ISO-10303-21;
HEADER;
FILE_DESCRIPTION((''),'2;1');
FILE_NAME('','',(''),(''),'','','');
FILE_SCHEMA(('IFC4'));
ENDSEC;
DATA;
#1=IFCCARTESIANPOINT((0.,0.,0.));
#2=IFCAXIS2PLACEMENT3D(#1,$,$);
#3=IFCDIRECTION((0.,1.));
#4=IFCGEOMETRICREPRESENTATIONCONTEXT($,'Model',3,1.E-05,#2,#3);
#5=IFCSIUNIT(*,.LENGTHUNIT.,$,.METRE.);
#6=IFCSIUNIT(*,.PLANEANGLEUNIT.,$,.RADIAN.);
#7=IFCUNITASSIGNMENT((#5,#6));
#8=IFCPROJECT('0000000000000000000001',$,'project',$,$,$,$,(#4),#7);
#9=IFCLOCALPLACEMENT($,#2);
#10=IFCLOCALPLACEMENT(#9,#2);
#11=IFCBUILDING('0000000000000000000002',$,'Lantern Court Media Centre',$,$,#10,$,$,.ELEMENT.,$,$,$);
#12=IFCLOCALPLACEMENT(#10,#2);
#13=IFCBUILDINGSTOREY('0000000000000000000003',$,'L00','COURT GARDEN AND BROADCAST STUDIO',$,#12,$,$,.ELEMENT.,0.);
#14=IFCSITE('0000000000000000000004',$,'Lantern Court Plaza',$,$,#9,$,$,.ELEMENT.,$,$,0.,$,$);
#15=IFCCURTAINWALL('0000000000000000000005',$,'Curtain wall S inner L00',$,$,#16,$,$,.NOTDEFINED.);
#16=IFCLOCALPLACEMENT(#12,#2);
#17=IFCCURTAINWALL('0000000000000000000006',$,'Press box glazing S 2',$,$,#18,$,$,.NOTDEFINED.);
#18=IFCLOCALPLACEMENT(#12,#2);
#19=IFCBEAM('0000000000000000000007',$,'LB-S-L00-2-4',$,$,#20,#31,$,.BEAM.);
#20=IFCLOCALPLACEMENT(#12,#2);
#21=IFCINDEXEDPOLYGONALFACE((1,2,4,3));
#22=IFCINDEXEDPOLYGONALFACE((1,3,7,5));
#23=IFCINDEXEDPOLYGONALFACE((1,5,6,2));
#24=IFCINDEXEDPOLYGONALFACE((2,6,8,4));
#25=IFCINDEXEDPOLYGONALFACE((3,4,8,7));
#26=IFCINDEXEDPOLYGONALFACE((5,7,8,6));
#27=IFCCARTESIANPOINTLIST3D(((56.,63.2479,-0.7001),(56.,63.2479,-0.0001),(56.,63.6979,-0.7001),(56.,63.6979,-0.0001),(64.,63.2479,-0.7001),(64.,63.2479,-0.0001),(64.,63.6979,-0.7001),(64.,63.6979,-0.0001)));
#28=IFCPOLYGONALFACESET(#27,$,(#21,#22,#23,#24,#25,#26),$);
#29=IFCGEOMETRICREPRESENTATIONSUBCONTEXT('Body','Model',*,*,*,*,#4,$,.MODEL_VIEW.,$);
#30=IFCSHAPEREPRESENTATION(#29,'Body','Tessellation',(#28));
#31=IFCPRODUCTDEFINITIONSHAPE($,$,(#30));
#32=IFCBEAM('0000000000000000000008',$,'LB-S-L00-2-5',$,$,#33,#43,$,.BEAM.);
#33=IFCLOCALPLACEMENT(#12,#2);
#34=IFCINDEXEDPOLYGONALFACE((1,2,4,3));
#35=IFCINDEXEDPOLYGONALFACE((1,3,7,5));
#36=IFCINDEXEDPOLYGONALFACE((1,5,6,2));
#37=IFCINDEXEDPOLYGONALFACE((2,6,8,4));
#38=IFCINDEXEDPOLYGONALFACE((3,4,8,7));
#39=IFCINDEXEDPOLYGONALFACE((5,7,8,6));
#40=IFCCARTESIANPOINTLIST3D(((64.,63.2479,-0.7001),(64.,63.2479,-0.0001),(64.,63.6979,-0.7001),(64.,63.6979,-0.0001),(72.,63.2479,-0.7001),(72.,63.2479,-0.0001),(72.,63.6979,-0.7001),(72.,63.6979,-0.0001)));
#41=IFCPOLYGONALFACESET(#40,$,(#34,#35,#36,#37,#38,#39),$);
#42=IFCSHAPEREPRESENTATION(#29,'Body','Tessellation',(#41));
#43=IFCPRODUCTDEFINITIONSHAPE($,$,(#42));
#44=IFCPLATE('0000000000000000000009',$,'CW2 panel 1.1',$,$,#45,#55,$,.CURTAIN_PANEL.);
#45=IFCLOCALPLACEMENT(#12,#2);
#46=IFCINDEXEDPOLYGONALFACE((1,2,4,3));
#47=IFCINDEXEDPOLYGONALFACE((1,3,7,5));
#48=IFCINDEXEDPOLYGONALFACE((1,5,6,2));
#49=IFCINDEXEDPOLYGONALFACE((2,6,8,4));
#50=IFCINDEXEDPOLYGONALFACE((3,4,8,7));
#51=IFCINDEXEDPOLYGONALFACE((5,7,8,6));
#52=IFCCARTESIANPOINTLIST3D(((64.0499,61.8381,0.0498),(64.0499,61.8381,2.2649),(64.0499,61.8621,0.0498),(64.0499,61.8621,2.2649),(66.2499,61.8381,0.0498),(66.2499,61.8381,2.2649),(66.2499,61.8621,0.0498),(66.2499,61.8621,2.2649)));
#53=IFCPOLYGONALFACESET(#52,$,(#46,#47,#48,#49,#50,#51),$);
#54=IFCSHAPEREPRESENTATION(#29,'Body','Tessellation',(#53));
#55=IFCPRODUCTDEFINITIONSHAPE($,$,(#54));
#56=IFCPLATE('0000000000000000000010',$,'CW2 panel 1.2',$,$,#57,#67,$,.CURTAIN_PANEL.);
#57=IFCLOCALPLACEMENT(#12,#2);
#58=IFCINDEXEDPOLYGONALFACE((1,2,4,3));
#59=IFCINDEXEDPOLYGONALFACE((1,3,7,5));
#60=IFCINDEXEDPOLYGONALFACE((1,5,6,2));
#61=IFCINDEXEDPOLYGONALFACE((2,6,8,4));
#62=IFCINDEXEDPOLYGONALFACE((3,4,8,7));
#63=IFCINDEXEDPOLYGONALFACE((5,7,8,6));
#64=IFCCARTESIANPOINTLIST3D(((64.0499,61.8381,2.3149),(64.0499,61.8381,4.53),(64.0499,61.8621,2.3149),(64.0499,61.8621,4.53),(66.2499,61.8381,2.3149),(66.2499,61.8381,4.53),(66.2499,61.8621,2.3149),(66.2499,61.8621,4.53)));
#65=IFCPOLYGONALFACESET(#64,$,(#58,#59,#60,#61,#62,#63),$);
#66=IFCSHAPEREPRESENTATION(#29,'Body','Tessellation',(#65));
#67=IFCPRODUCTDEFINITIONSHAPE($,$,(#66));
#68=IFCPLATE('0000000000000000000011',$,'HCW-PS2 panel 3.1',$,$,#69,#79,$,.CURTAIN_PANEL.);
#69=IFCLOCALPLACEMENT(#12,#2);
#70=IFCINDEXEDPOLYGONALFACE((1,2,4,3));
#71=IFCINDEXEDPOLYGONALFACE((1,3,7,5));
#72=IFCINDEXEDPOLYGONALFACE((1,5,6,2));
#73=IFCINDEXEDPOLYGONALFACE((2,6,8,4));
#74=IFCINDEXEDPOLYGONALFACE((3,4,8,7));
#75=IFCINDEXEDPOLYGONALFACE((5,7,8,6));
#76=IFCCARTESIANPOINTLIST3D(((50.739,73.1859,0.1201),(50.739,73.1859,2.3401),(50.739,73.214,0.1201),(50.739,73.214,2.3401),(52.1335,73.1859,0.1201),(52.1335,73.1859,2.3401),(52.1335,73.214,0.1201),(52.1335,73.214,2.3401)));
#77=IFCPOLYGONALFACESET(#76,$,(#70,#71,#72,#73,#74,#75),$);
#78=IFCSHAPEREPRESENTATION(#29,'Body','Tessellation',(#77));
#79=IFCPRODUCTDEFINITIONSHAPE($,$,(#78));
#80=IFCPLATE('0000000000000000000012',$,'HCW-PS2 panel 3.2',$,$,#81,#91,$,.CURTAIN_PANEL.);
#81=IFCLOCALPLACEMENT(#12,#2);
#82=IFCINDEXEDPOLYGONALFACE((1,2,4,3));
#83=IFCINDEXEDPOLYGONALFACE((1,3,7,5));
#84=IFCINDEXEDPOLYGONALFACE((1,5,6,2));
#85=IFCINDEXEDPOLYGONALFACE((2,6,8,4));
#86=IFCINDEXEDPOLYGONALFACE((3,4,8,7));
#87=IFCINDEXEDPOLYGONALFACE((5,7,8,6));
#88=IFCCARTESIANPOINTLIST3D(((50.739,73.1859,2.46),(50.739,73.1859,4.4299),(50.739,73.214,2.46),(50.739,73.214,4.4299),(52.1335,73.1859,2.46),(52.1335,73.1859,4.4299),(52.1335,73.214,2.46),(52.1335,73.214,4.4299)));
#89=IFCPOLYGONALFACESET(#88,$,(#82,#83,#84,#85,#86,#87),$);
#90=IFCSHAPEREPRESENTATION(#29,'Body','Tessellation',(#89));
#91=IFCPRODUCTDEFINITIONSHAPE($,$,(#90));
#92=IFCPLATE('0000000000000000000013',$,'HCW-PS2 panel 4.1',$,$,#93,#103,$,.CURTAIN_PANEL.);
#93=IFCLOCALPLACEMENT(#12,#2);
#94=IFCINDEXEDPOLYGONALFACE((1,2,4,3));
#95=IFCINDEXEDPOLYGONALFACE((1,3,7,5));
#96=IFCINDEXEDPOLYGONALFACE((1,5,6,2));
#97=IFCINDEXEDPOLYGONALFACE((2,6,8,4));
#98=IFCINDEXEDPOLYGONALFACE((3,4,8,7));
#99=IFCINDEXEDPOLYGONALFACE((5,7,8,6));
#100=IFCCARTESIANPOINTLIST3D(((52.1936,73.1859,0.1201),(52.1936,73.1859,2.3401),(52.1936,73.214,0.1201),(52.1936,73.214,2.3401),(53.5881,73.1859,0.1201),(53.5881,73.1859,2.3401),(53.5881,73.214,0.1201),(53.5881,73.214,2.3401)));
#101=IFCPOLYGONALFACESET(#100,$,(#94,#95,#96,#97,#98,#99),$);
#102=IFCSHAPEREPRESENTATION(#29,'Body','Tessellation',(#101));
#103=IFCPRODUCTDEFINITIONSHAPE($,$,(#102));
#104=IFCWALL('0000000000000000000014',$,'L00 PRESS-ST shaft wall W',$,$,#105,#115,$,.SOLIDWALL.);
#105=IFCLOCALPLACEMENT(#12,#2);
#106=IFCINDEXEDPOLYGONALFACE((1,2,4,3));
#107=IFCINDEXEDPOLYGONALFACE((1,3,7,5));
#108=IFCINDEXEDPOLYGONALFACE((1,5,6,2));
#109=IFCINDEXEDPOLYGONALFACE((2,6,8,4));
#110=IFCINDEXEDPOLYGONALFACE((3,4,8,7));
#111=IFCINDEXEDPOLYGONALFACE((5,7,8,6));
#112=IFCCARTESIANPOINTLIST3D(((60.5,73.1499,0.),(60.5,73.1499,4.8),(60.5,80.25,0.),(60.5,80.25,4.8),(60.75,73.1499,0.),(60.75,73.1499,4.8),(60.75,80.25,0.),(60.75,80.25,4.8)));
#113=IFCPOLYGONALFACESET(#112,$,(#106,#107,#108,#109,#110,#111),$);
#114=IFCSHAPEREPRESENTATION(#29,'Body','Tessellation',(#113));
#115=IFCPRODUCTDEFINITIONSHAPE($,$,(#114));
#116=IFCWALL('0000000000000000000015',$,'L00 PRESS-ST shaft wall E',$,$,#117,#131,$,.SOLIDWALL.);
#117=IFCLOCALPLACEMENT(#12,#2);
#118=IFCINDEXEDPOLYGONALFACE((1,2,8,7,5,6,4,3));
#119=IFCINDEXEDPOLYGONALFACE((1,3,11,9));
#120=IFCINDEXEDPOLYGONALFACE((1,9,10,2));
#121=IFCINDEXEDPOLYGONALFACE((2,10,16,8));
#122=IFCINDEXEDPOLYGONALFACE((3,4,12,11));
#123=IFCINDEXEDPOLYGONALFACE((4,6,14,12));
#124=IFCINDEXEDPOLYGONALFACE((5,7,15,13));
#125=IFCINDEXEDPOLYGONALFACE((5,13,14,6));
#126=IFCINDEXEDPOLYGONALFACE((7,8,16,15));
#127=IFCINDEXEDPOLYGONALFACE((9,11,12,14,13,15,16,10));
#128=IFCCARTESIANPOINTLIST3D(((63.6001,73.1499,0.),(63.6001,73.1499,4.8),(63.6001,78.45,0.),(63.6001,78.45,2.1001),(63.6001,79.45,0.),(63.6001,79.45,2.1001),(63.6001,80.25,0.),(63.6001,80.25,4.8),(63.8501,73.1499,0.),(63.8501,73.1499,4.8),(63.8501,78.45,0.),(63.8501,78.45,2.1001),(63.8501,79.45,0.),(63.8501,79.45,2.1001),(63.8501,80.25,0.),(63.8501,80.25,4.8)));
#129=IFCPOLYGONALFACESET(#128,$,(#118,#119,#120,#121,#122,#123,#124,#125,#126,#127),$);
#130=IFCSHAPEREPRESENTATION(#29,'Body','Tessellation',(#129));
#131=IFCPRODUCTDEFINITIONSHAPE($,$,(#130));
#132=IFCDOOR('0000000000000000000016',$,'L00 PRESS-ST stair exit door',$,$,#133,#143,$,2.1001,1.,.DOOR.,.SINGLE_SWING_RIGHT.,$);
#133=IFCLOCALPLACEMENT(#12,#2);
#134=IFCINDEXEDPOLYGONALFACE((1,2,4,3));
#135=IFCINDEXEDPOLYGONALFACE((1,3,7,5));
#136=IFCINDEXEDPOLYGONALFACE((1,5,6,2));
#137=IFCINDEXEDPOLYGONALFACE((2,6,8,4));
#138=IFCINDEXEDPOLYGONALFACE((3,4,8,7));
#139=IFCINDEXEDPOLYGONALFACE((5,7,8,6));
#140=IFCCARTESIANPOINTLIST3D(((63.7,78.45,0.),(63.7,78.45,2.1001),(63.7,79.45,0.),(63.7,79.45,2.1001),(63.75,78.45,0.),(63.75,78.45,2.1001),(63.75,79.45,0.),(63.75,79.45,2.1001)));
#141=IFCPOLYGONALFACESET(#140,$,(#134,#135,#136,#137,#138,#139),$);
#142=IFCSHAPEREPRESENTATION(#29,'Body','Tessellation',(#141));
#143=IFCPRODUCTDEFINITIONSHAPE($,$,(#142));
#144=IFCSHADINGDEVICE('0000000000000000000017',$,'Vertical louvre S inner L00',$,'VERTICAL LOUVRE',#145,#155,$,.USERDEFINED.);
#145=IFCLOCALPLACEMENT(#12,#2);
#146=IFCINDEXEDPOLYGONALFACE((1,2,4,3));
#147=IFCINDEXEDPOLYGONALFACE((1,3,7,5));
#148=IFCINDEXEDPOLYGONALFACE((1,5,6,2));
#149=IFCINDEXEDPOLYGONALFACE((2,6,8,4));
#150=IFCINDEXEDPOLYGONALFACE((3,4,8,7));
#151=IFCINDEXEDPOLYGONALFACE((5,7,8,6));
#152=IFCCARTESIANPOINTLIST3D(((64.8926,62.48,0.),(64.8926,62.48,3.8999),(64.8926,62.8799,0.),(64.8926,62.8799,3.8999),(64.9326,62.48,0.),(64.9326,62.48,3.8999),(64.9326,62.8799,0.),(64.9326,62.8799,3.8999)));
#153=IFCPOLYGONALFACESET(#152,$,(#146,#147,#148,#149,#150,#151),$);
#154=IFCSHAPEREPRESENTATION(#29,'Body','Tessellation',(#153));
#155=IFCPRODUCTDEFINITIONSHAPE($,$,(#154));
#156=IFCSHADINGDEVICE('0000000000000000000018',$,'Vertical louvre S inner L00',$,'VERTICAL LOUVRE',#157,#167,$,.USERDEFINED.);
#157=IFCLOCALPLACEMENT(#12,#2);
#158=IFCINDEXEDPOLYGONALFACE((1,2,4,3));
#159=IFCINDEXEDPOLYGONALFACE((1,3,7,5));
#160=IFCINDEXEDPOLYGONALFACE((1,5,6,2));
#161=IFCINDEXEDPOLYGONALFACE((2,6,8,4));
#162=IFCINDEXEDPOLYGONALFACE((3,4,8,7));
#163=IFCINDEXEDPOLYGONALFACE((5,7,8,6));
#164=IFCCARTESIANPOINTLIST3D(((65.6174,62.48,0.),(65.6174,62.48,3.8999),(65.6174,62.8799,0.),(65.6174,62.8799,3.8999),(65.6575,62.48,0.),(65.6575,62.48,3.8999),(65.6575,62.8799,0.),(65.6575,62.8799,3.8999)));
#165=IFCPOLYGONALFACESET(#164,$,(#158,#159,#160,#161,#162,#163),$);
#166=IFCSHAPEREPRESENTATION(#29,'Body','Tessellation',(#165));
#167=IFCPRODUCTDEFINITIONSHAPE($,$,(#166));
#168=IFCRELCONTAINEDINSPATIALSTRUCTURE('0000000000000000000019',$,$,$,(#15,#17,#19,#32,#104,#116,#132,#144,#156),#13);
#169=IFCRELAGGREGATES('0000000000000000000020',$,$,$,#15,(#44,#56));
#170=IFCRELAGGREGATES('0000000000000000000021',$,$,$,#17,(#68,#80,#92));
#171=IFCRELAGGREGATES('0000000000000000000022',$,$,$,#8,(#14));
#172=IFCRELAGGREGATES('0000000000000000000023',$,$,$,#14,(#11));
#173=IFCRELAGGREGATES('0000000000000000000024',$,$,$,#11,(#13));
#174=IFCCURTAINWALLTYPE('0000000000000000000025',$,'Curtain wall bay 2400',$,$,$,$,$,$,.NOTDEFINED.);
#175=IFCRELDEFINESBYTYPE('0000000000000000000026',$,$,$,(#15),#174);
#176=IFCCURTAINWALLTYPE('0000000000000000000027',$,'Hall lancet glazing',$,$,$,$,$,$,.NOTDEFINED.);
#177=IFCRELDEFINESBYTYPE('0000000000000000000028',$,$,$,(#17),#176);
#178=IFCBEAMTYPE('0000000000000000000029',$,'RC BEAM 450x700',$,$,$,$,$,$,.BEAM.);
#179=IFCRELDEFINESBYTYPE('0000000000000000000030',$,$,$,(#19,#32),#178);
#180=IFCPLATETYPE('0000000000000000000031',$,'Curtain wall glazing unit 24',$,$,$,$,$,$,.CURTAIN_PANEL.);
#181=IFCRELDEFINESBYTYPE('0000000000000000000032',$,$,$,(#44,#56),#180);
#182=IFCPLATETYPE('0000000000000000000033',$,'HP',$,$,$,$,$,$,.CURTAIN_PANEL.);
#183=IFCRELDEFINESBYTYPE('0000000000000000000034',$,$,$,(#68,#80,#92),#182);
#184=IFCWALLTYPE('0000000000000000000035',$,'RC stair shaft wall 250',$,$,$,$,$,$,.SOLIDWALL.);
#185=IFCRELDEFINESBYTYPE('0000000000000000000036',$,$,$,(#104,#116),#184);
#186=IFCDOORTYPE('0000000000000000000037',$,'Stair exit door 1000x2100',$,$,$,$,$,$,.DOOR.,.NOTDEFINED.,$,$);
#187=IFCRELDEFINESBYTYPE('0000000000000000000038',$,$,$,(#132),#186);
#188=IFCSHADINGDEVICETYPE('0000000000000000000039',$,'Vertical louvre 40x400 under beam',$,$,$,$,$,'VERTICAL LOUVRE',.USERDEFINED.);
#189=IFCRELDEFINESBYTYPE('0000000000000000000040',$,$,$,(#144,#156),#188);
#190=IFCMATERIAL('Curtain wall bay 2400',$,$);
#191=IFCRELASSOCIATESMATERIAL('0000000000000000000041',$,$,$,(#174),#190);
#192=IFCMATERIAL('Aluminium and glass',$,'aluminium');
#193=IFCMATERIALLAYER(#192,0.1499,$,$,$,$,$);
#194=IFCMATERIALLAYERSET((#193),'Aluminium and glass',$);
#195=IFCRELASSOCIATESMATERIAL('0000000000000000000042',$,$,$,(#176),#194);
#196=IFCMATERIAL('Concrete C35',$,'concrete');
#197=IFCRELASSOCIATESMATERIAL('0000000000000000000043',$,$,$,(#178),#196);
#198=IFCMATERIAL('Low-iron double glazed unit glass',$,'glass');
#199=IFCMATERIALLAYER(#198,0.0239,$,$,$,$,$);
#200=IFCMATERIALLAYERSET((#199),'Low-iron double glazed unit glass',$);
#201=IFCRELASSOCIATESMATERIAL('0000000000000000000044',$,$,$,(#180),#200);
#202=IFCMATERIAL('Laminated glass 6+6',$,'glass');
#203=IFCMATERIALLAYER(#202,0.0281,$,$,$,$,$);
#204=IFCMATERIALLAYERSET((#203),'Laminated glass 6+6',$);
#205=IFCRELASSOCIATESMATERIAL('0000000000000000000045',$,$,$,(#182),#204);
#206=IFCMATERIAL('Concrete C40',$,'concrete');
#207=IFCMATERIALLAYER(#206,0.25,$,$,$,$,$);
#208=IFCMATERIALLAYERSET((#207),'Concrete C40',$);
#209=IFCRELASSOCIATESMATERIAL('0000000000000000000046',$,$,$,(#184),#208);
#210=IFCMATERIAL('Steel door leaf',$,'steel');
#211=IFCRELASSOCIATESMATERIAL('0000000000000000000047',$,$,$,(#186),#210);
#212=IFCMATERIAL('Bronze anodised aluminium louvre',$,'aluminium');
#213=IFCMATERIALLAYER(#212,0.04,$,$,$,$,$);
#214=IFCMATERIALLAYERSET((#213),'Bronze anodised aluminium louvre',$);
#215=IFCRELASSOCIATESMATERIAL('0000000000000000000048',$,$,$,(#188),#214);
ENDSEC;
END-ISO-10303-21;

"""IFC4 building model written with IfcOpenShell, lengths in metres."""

from ifc_helpers import new_model, si_unit, direction, frame, frame_2d, origin, origin_2d, place, context, subcontext, project, spatial, rectangle, extrude, material, layer, layer_set, material_profile, profile_set, type_object, element, fill, aggregate, save


model = new_model("IFC4")

# Units and contexts
model_context = context("Model", 3, precision=1e-05, world=origin(), true_north=direction((0.0, 1.0)))
body_context = subcontext(model_context, "Body", "Model", "MODEL_VIEW")
ifc_project = project(units=[si_unit("LENGTHUNIT", "METRE"), si_unit("PLANEANGLEUNIT", "RADIAN")], contexts=[model_context])

# Site, building, storey
site_placement = place(None, origin())
site = spatial("IfcSite", under=ifc_project, at=site_placement, Name="Lantern Court Plaza", CompositionType="ELEMENT", RefElevation=0.0)
building_placement = place(site_placement, origin())
building = spatial("IfcBuilding", under=site, at=building_placement, Name="Lantern Court Media Centre", CompositionType="ELEMENT")
storey_placement = place(building_placement, origin())
storey = spatial("IfcBuildingStorey", under=building, at=storey_placement, Name="L00", Description="COURT GARDEN AND BROADCAST STUDIO", CompositionType="ELEMENT", Elevation=0.0)

# Shared definitions
ifc_material_1 = material(Name="Concrete C35", Category="concrete")

# Curtain wall
ifc_material_2 = material(Name="Curtain wall bay 2400")
curtain_wall_type_1 = type_object("IfcCurtainWallType", Name="Curtain wall bay 2400", PredefinedType="NOTDEFINED", material=ifc_material_2)
curtain_wall_1_placement = place(storey_placement, origin())
curtain_wall_1 = element("IfcCurtainWall", 1, at=curtain_wall_1_placement, inside=storey, type_object=curtain_wall_type_1, Name="Curtain wall S inner L00", PredefinedType="NOTDEFINED")

# Curtain wall
ifc_material_3 = material(Name="Aluminium and glass", Category="aluminium")
ifc_layer_1 = layer(ifc_material_3, 0.1499)
ifc_layer_set_1 = layer_set([ifc_layer_1], Name="Aluminium and glass")
curtain_wall_type_2 = type_object("IfcCurtainWallType", Name="Hall lancet glazing", PredefinedType="NOTDEFINED", material=ifc_layer_set_1)
curtain_wall_2_placement = place(storey_placement, origin())
curtain_wall_2 = element("IfcCurtainWall", 2, at=curtain_wall_2_placement, inside=storey, type_object=curtain_wall_type_2, Name="Press box glazing S 2", PredefinedType="NOTDEFINED")

# Beams
ifc_material_profile_1 = material_profile(ifc_material_1, rectangle(XDim=0.45, YDim=0.7, at=origin_2d()), Name="RC 450x700")
ifc_profile_set_1 = profile_set([ifc_material_profile_1], Name="Concrete C35")
beam_type_1 = type_object("IfcBeamType", Name="RC BEAM 450x700", PredefinedType="BEAM", material=ifc_profile_set_1)
for number, where, z_axis, x_axis, name in (
    (3, (56.0, 63.4729, -0.3501), (1.0, 0.0, 0.0), (0.0, 1.0, 0.0), "LB-S-L00-2-4"),
    (4, (64.0, 63.4729, -0.3501), (1.0, 0.0, 0.0), (0.0, 1.0, 0.0), "LB-S-L00-2-5"),
):
    element("IfcBeam", number, at=place(storey_placement, frame(where, z_axis=z_axis, x_axis=x_axis)), inside=storey, type_object=beam_type_1, Name=name, PredefinedType="BEAM", context=body_context, shape_type="SweptSolid", body=[
        extrude(rectangle(XDim=0.45, YDim=0.7, at=origin_2d()), origin(), (0.0, 0.0, 1.0), 8.0),
    ])

# Plates
ifc_material_4 = material(Name="Low-iron double glazed unit glass", Category="glass")
ifc_layer_2 = layer(ifc_material_4, 0.0239)
ifc_layer_set_2 = layer_set([ifc_layer_2], Name="Low-iron double glazed unit glass")
plate_type_1 = type_object("IfcPlateType", Name="Curtain wall glazing unit 24", PredefinedType="CURTAIN_PANEL", material=ifc_layer_set_2)
plate_1_placement = place(storey_placement, frame((65.1499, 61.8501, 0.0498), z_axis=(0.0, 0.0, 1.0), x_axis=(1.0, 0.0, 0.0)))
plate_1 = element("IfcPlate", 5, at=plate_1_placement, type_object=plate_type_1, Name="CW2 panel 1.1", PredefinedType="CURTAIN_PANEL", context=body_context, shape_type="SweptSolid", body=[
    extrude(rectangle(XDim=2.2, YDim=0.0239, at=origin_2d()), origin(), (0.0, 0.0, 1.0), 2.2151),
])
plate_2_placement = place(storey_placement, frame((65.1499, 61.8501, 2.3149), z_axis=(0.0, 0.0, 1.0), x_axis=(1.0, 0.0, 0.0)))
plate_2 = element("IfcPlate", 6, at=plate_2_placement, type_object=plate_type_1, Name="CW2 panel 1.2", PredefinedType="CURTAIN_PANEL", context=body_context, shape_type="SweptSolid", body=[
    extrude(rectangle(XDim=2.2, YDim=0.0239, at=origin_2d()), origin(), (0.0, 0.0, 1.0), 2.2151),
])
aggregate(curtain_wall_1, [plate_1, plate_2])
ifc_material_5 = material(Name="Laminated glass 6+6", Category="glass")
ifc_layer_3 = layer(ifc_material_5, 0.0281)
ifc_layer_set_3 = layer_set([ifc_layer_3], Name="Laminated glass 6+6")
plate_type_2 = type_object("IfcPlateType", Name="HP", PredefinedType="CURTAIN_PANEL", material=ifc_layer_set_3)
plate_3_placement = place(storey_placement, frame((51.4363, 73.2, 0.1201), z_axis=(0.0, 0.0, 1.0), x_axis=(1.0, 0.0, 0.0)))
plate_3 = element("IfcPlate", 7, at=plate_3_placement, type_object=plate_type_2, Name="HCW-PS2 panel 3.1", PredefinedType="CURTAIN_PANEL", context=body_context, shape_type="SweptSolid", body=[
    extrude(rectangle(XDim=1.3945, YDim=0.0281, at=origin_2d()), origin(), (0.0, 0.0, 1.0), 2.22),
])
plate_4_placement = place(storey_placement, frame((51.4363, 73.2, 2.46), z_axis=(0.0, 0.0, 1.0), x_axis=(1.0, 0.0, 0.0)))
plate_4 = element("IfcPlate", 8, at=plate_4_placement, type_object=plate_type_2, Name="HCW-PS2 panel 3.2", PredefinedType="CURTAIN_PANEL", context=body_context, shape_type="SweptSolid", body=[
    extrude(rectangle(XDim=1.3945, YDim=0.0281, at=origin_2d()), origin(), (0.0, 0.0, 1.0), 1.97),
])
plate_5_placement = place(storey_placement, frame((52.8909, 73.2, 0.1201), z_axis=(0.0, 0.0, 1.0), x_axis=(1.0, 0.0, 0.0)))
plate_5 = element("IfcPlate", 9, at=plate_5_placement, type_object=plate_type_2, Name="HCW-PS2 panel 4.1", PredefinedType="CURTAIN_PANEL", context=body_context, shape_type="SweptSolid", body=[
    extrude(rectangle(XDim=1.3945, YDim=0.0281, at=origin_2d()), origin(), (0.0, 0.0, 1.0), 2.22),
])
aggregate(curtain_wall_2, [plate_3, plate_4, plate_5])

# Wall
ifc_material_6 = material(Name="Concrete C40", Category="concrete")
ifc_layer_4 = layer(ifc_material_6, 0.25)
ifc_layer_set_4 = layer_set([ifc_layer_4], Name="Concrete C40")
wall_type_1 = type_object("IfcWallType", Name="RC stair shaft wall 250", PredefinedType="SOLIDWALL", material=ifc_layer_set_4)
wall_1_placement = place(storey_placement, frame((60.625, 73.1499, 0.0), z_axis=(0.0, 0.0, 1.0), x_axis=(0.0, 1.0, 0.0)))
element("IfcWall", 10, at=wall_1_placement, inside=storey, type_object=wall_type_1, Name="L00 PRESS-ST shaft wall W", PredefinedType="SOLIDWALL", context=body_context, shape_type="SweptSolid", body=[
    extrude(rectangle(XDim=7.1001, YDim=0.25, at=frame_2d((3.55, 0.0))), origin(), (0.0, 0.0, 1.0), 4.8),
])

# Wall, opening, door
wall_2_placement = place(storey_placement, frame((63.7251, 73.1499, 0.0), z_axis=(0.0, 0.0, 1.0), x_axis=(0.0, 1.0, 0.0)))
wall_2 = element("IfcWall", 11, at=wall_2_placement, inside=storey, type_object=wall_type_1, Name="L00 PRESS-ST shaft wall E", PredefinedType="SOLIDWALL", context=body_context, shape_type="SweptSolid", body=[
    extrude(rectangle(XDim=7.1001, YDim=0.25, at=frame_2d((3.55, 0.0))), origin(), (0.0, 0.0, 1.0), 4.8),
])
opening_1_placement = place(wall_2_placement, frame((5.3, 0.0, 0.0)))
opening_1 = element("IfcOpeningElement", 12, at=opening_1_placement, cuts=wall_2, PredefinedType="OPENING", context=body_context, shape_type="SweptSolid", body=[
    extrude(rectangle(XDim=1.0, YDim=2.1001, at=frame_2d((0.5, 1.05))), frame((0.0, 0.135, 0.0), z_axis=(0.0, -1.0, 0.0), x_axis=(1.0, 0.0, 0.0)), (0.0, 0.0, 1.0), 0.27),
])
ifc_material_7 = material(Name="Steel door leaf", Category="steel")
door_type_1 = type_object("IfcDoorType", Name="Stair exit door 1000x2100", OperationType="NOTDEFINED", PredefinedType="DOOR", material=ifc_material_7)
door_1_placement = place(opening_1_placement, frame((1.0, 0.0, 0.0), z_axis=(0.0, 0.0, 1.0), x_axis=(-1.0, 0.0, 0.0)))
door_1 = element("IfcDoor", 13, at=door_1_placement, inside=storey, type_object=door_type_1, Name="L00 PRESS-ST stair exit door", OperationType="SINGLE_SWING_RIGHT", OverallHeight=2.1001, OverallWidth=1.0, PredefinedType="DOOR", context=body_context, shape_type="SweptSolid", body=[
    extrude(rectangle(XDim=1.0, YDim=2.1001, at=frame_2d((0.5, 1.05))), frame((0.0, 0.0249, 0.0), z_axis=(0.0, -1.0, 0.0), x_axis=(1.0, 0.0, 0.0)), (0.0, 0.0, 1.0), 0.05),
])
fill(opening_1, door_1)

# Shading devices
ifc_material_8 = material(Name="Bronze anodised aluminium louvre", Category="aluminium")
ifc_layer_5 = layer(ifc_material_8, 0.04)
ifc_layer_set_5 = layer_set([ifc_layer_5], Name="Bronze anodised aluminium louvre")
shading_device_type = type_object("IfcShadingDeviceType", Name="Vertical louvre 40x400 under beam", ElementType="VERTICAL LOUVRE", PredefinedType="USERDEFINED", material=ifc_layer_set_5)
for number, where, z_axis, x_axis, name in (
    (14, (64.9126, 62.6799, 0.0), (0.0, 0.0, 1.0), (1.0, 0.0, 0.0), "Vertical louvre S inner L00"),
    (15, (65.6375, 62.6799, 0.0), (0.0, 0.0, 1.0), (1.0, 0.0, 0.0), "Vertical louvre S inner L00"),
):
    element("IfcShadingDevice", number, at=place(storey_placement, frame(where, z_axis=z_axis, x_axis=x_axis)), inside=storey, type_object=shading_device_type, Name=name, ObjectType="VERTICAL LOUVRE", PredefinedType="USERDEFINED", context=body_context, shape_type="SweptSolid", body=[
        extrude(rectangle(XDim=0.04, YDim=0.3999, at=origin_2d()), origin(), (0.0, 0.0, 1.0), 3.8999),
    ])

save(model, "model.ifc")
